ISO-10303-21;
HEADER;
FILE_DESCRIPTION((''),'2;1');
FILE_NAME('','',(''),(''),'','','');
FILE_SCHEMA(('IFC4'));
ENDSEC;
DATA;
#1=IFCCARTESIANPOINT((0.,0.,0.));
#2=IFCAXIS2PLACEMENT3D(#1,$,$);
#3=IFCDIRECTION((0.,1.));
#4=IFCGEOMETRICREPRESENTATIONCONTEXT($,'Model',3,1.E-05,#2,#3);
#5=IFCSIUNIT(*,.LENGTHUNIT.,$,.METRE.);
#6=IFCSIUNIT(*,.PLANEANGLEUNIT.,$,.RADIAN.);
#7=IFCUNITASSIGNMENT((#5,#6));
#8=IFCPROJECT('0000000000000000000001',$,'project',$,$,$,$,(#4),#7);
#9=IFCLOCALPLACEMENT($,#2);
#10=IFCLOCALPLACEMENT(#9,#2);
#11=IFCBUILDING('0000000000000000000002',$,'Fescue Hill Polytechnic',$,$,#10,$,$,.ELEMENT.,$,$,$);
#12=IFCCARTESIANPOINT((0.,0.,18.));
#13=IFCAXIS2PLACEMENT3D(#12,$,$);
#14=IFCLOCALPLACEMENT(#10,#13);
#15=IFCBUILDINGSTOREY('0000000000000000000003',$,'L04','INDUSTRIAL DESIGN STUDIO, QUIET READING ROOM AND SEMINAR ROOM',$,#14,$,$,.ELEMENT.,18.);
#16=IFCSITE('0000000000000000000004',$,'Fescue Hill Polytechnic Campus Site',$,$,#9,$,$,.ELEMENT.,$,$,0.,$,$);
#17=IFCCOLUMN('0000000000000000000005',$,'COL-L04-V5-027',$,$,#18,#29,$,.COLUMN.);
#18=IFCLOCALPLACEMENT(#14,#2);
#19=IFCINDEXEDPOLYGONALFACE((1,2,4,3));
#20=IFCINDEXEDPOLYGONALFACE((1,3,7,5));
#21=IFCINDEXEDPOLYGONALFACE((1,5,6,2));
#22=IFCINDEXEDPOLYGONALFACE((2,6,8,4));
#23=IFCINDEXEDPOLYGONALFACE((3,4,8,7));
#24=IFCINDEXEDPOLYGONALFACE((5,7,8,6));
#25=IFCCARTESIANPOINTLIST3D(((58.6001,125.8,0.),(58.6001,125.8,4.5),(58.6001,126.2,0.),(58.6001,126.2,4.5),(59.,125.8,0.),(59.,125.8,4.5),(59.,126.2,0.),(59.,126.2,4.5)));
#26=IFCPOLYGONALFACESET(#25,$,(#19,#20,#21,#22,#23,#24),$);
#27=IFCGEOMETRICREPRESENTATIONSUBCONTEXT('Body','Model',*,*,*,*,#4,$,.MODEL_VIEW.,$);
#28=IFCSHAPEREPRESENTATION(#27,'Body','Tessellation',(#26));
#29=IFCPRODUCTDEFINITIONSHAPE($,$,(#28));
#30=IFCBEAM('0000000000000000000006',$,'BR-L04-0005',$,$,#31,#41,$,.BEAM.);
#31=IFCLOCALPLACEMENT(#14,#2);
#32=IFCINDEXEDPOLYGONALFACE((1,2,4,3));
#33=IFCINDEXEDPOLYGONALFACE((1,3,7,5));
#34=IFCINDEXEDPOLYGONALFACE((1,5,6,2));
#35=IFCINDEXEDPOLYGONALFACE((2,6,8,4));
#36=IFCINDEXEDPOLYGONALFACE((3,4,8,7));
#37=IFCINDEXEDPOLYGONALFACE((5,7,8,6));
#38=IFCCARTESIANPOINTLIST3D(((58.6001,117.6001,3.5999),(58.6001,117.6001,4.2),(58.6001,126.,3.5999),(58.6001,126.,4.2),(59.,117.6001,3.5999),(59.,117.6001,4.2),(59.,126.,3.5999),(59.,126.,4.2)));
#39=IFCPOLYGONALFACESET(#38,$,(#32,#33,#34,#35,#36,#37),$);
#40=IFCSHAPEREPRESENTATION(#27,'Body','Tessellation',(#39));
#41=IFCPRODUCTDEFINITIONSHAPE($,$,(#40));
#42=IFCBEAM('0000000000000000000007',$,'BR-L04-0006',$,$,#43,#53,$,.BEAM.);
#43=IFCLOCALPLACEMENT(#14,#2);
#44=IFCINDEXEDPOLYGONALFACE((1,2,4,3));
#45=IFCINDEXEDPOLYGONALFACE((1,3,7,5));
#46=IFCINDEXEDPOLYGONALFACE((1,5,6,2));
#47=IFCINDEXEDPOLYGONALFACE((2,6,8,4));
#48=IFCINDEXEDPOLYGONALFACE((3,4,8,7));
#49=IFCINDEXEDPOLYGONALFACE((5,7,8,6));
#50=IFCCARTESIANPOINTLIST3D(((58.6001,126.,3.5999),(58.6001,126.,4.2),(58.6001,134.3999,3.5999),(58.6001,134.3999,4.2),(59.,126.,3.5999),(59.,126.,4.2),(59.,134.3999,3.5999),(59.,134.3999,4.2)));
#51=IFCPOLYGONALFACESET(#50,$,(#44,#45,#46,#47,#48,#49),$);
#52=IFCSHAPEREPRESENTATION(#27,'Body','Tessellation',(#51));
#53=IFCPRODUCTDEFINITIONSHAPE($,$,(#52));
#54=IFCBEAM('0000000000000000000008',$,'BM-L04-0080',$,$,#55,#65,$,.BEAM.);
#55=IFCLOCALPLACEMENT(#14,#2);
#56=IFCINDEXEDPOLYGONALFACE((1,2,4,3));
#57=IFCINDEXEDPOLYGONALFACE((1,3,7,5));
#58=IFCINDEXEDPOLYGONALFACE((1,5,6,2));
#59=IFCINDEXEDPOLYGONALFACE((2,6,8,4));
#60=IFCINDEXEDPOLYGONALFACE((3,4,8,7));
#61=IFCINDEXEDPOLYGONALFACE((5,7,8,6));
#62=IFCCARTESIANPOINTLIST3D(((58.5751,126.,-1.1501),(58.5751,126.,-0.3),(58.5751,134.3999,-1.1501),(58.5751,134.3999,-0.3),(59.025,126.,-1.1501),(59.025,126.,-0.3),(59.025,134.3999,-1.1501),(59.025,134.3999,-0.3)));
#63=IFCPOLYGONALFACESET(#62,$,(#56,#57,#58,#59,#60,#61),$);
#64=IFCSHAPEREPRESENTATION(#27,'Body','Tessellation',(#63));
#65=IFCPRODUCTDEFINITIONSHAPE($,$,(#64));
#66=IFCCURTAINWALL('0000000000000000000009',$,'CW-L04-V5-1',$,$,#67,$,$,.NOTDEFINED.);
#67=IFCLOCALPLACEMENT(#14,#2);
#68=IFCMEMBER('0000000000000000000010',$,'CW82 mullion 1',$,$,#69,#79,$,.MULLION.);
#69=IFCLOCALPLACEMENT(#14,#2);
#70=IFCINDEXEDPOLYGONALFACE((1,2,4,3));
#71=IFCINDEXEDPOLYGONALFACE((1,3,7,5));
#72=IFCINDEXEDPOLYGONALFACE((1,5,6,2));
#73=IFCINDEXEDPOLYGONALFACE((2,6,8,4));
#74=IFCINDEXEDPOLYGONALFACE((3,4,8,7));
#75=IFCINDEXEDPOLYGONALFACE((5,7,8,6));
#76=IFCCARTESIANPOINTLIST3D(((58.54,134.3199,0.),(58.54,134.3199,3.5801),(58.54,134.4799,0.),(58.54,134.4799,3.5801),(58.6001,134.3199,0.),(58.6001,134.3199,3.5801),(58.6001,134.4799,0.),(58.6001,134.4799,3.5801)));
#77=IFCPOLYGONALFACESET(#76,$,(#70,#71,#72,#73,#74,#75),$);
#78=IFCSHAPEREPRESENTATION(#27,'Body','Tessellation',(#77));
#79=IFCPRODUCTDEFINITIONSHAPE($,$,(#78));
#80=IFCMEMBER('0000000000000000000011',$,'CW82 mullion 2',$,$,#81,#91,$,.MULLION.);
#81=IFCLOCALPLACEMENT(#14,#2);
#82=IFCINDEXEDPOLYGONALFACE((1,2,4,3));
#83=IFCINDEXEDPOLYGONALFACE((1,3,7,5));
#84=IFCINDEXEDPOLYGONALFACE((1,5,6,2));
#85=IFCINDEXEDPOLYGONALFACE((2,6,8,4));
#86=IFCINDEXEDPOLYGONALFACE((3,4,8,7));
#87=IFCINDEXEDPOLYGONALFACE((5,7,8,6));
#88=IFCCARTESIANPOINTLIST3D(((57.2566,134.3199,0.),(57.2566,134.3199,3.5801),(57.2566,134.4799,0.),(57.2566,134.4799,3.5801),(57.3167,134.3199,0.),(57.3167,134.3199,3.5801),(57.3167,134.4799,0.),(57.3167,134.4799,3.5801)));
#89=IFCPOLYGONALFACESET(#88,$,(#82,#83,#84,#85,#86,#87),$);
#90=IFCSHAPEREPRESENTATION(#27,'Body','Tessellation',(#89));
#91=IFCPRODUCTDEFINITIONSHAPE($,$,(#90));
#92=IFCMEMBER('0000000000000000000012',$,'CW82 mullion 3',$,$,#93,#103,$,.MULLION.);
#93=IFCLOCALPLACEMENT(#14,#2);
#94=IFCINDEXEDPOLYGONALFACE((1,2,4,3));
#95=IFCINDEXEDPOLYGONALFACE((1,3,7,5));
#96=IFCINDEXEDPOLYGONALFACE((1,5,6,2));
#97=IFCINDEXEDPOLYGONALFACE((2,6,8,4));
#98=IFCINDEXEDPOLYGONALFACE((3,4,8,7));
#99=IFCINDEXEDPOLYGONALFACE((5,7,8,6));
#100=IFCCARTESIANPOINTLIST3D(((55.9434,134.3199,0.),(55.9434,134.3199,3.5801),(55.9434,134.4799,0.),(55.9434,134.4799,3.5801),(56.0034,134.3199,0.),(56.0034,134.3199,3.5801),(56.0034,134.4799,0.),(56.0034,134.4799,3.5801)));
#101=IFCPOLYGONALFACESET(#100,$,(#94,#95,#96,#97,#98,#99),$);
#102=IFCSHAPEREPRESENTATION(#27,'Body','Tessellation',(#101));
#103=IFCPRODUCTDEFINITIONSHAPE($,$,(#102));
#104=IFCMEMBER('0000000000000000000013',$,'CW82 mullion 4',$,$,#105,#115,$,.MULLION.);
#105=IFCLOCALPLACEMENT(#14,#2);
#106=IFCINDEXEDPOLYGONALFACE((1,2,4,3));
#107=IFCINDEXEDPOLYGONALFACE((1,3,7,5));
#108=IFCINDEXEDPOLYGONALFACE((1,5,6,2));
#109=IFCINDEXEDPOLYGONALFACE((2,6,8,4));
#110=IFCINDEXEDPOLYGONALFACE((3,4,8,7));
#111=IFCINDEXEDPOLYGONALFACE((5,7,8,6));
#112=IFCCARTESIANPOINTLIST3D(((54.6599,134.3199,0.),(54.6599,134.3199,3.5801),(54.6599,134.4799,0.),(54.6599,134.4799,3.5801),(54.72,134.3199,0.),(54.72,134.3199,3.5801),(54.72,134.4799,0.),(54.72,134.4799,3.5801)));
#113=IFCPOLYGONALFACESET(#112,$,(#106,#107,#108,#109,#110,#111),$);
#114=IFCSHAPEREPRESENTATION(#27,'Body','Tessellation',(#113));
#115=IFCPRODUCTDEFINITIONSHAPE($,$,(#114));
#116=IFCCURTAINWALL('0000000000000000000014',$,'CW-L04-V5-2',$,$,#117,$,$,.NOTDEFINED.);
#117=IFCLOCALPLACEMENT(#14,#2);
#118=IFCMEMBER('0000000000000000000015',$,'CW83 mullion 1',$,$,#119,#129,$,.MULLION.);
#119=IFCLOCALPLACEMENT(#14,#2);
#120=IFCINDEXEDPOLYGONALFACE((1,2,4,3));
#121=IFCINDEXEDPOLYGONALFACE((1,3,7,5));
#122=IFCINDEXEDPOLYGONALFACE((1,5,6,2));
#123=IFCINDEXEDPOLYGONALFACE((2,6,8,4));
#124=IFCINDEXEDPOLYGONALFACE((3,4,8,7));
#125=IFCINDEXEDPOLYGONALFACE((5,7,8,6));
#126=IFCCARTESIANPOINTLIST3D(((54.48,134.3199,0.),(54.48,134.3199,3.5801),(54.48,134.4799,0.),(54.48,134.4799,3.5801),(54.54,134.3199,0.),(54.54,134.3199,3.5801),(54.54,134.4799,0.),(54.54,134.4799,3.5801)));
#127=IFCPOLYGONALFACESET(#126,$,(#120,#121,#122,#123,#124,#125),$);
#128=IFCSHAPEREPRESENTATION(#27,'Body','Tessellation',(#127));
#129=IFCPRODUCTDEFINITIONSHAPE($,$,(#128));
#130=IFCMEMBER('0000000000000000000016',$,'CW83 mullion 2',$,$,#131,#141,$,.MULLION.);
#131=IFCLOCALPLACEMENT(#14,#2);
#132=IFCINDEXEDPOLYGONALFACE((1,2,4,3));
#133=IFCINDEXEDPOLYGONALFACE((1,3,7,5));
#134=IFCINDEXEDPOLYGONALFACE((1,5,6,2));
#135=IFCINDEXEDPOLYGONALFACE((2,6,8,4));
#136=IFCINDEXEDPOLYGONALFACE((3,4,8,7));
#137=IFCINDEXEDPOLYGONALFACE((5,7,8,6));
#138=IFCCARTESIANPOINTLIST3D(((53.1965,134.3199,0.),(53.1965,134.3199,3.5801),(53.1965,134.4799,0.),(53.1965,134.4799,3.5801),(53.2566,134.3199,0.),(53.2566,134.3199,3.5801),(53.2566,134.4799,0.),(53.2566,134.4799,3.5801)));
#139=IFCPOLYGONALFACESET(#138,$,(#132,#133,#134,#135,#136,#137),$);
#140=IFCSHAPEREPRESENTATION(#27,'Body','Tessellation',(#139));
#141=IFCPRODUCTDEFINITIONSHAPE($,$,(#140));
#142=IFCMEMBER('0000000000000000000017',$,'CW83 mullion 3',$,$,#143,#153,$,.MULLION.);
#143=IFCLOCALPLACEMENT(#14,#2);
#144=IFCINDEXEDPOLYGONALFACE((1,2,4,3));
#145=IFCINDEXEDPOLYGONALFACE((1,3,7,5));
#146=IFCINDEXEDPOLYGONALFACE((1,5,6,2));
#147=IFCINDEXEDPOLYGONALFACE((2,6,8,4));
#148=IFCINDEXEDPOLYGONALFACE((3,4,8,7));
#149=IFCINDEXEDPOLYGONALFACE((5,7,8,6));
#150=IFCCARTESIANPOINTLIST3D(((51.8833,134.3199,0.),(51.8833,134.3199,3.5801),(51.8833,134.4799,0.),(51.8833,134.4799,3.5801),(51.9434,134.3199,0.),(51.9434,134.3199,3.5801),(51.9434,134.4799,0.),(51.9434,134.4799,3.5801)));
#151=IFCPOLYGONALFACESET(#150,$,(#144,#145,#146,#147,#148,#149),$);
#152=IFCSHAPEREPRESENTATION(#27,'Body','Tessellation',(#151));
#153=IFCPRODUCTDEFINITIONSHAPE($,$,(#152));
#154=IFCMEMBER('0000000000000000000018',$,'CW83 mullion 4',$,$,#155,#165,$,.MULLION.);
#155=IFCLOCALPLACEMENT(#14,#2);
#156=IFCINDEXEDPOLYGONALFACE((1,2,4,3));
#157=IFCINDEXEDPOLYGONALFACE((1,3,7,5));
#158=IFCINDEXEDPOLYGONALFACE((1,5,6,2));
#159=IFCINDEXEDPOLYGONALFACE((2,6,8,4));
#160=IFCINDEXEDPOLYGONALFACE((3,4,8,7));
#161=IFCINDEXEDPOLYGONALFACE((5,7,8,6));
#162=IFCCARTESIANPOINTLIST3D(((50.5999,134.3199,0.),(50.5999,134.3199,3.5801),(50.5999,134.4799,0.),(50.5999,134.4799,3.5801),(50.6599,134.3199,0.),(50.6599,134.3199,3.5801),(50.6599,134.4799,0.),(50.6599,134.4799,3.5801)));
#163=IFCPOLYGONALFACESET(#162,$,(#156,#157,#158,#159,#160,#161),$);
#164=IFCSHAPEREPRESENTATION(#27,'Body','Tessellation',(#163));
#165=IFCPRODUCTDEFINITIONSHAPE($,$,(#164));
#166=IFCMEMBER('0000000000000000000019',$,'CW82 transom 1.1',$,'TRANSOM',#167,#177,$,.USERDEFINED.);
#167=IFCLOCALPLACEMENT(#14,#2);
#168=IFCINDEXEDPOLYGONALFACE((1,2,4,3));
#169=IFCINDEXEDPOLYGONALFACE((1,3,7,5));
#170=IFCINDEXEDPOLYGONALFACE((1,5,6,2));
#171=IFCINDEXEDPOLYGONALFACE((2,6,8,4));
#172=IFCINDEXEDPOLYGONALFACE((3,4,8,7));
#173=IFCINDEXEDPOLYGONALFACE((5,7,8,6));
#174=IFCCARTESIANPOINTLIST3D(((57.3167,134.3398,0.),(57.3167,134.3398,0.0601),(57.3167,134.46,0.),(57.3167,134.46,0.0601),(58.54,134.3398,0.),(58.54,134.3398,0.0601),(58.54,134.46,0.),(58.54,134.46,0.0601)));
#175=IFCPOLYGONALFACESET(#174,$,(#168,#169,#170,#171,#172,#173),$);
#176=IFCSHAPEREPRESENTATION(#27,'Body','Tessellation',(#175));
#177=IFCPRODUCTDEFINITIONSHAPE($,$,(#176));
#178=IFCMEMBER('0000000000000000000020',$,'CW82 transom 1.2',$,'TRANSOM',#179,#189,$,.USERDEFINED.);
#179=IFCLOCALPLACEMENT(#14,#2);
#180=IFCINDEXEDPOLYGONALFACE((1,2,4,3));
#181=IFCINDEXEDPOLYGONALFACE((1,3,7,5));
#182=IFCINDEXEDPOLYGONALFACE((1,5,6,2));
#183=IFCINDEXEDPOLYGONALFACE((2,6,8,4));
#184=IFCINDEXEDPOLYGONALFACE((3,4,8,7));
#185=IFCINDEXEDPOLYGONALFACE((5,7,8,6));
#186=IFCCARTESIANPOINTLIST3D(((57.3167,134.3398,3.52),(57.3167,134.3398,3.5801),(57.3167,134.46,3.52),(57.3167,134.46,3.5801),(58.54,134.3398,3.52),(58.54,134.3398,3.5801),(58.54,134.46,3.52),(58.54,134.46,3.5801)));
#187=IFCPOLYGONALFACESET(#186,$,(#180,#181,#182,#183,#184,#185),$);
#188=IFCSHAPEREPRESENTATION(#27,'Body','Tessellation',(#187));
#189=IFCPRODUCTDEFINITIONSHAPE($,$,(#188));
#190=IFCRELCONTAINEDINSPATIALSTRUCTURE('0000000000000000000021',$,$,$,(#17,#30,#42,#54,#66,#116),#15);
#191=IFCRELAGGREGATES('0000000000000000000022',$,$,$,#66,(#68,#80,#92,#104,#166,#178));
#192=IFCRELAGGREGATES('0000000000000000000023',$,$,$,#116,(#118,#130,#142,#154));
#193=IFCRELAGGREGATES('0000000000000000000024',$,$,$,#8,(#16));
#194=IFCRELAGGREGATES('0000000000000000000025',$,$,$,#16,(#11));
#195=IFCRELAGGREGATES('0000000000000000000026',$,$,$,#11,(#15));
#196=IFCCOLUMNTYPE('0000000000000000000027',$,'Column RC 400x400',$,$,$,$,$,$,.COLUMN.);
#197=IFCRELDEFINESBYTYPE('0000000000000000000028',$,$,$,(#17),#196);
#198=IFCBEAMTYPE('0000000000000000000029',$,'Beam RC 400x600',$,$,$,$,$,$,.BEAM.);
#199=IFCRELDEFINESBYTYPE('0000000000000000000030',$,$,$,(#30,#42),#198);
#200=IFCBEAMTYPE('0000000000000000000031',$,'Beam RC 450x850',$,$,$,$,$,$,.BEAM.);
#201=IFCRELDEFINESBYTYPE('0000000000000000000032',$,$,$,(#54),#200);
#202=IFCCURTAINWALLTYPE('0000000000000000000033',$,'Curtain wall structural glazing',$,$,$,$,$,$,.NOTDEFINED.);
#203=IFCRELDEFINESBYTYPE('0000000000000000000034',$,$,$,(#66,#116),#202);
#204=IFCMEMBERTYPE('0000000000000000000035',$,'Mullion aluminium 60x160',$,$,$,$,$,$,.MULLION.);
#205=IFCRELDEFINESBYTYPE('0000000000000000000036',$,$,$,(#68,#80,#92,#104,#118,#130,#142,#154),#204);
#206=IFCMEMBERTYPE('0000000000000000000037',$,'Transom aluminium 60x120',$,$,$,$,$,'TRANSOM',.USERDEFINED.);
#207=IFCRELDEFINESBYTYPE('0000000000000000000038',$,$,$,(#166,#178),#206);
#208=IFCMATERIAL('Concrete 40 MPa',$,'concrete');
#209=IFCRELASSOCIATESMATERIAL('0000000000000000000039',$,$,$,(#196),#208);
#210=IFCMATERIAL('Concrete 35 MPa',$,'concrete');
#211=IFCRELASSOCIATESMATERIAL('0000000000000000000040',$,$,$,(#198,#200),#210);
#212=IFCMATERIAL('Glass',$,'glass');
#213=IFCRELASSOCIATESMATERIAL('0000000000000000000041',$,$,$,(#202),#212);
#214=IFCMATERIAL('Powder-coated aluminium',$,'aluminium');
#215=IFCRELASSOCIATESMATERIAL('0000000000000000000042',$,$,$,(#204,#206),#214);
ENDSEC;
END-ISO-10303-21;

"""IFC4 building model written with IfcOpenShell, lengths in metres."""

from ifc_helpers import new_model, si_unit, direction, frame, origin, origin_2d, place, context, subcontext, project, spatial, rectangle, extrude, material, material_profile, profile_set, type_object, element, aggregate, save


model = new_model("IFC4")

# Units and contexts
model_context = context("Model", 3, precision=1e-05, world=origin(), true_north=direction((0.0, 1.0)))
body_context = subcontext(model_context, "Body", "Model", "MODEL_VIEW")
ifc_project = project(units=[si_unit("LENGTHUNIT", "METRE"), si_unit("PLANEANGLEUNIT", "RADIAN")], contexts=[model_context])

# Site, building, storey
site_placement = place(None, origin())
site = spatial("IfcSite", under=ifc_project, at=site_placement, Name="Fescue Hill Polytechnic Campus Site", CompositionType="ELEMENT", RefElevation=0.0)
building_placement = place(site_placement, origin())
building = spatial("IfcBuilding", under=site, at=building_placement, Name="Fescue Hill Polytechnic", CompositionType="ELEMENT")
storey_placement = place(building_placement, frame((0.0, 0.0, 18.0)))
storey = spatial("IfcBuildingStorey", under=building, at=storey_placement, Name="L04", Description="INDUSTRIAL DESIGN STUDIO, QUIET READING ROOM AND SEMINAR ROOM", CompositionType="ELEMENT", Elevation=18.0)

# Column
ifc_material_1 = material(Name="Concrete 40 MPa", Category="concrete")
ifc_material_profile_1 = material_profile(ifc_material_1, rectangle(XDim=0.3999, YDim=0.3999, at=origin_2d()), Name="RC 400x400")
ifc_profile_set_1 = profile_set([ifc_material_profile_1], Name="Concrete 40 MPa")
column_type = type_object("IfcColumnType", Name="Column RC 400x400", PredefinedType="COLUMN", material=ifc_profile_set_1)
column_placement = place(storey_placement, frame((58.8, 126.0, 0.0), z_axis=(0.0, 0.0, 1.0), x_axis=(1.0, 0.0, 0.0)))
element("IfcColumn", 1, at=column_placement, inside=storey, type_object=column_type, Name="COL-L04-V5-027", PredefinedType="COLUMN", context=body_context, shape_type="SweptSolid", body=[
    extrude(rectangle(XDim=0.3999, YDim=0.3999, at=origin_2d()), origin(), (0.0, 0.0, 1.0), 4.5),
])

# Beams
ifc_material_2 = material(Name="Concrete 35 MPa", Category="concrete")
ifc_material_profile_2 = material_profile(ifc_material_2, rectangle(XDim=0.3999, YDim=0.6001, at=origin_2d()), Name="RC 400x600")
ifc_profile_set_2 = profile_set([ifc_material_profile_2], Name="Concrete 35 MPa")
beam_type_1 = type_object("IfcBeamType", Name="Beam RC 400x600", PredefinedType="BEAM", material=ifc_profile_set_2)
for number, where, z_axis, x_axis, name in (
    (2, (58.8, 117.6001, 3.8999), (0.0, 1.0, 0.0), (-1.0, 0.0, 0.0), "BR-L04-0005"),
    (3, (58.8, 126.0, 3.8999), (0.0, 1.0, 0.0), (-1.0, 0.0, 0.0), "BR-L04-0006"),
):
    element("IfcBeam", number, at=place(storey_placement, frame(where, z_axis=z_axis, x_axis=x_axis)), inside=storey, type_object=beam_type_1, Name=name, PredefinedType="BEAM", context=body_context, shape_type="SweptSolid", body=[
        extrude(rectangle(XDim=0.3999, YDim=0.6001, at=origin_2d()), origin(), (0.0, 0.0, 1.0), 8.3999),
    ])
ifc_material_profile_3 = material_profile(ifc_material_2, rectangle(XDim=0.45, YDim=0.8501, at=origin_2d()), Name="RC 450x850")
ifc_profile_set_3 = profile_set([ifc_material_profile_3], Name="Concrete 35 MPa")
beam_type_2 = type_object("IfcBeamType", Name="Beam RC 450x850", PredefinedType="BEAM", material=ifc_profile_set_3)
beam_placement = place(storey_placement, frame((58.8, 126.0, -0.7251), z_axis=(0.0, 1.0, 0.0), x_axis=(-1.0, 0.0, 0.0)))
element("IfcBeam", 4, at=beam_placement, inside=storey, type_object=beam_type_2, Name="BM-L04-0080", PredefinedType="BEAM", context=body_context, shape_type="SweptSolid", body=[
    extrude(rectangle(XDim=0.45, YDim=0.8501, at=origin_2d()), origin(), (0.0, 0.0, 1.0), 8.3999),
])

# Curtain walls, members
ifc_material_3 = material(Name="Glass", Category="glass")
curtain_wall_type = type_object("IfcCurtainWallType", Name="Curtain wall structural glazing", PredefinedType="NOTDEFINED", material=ifc_material_3)
curtain_wall_1_placement = place(storey_placement, origin())
curtain_wall_1 = element("IfcCurtainWall", 5, at=curtain_wall_1_placement, inside=storey, type_object=curtain_wall_type, Name="CW-L04-V5-1", PredefinedType="NOTDEFINED")
ifc_material_4 = material(Name="Powder-coated aluminium", Category="aluminium")
ifc_material_profile_4 = material_profile(ifc_material_4, rectangle(XDim=0.1599, YDim=0.0601, at=origin_2d()), Name="Mullion aluminium 60x160")
ifc_profile_set_4 = profile_set([ifc_material_profile_4], Name="Powder-coated aluminium")
member_type_1 = type_object("IfcMemberType", Name="Mullion aluminium 60x160", PredefinedType="MULLION", material=ifc_profile_set_4)
member_1_placement = place(storey_placement, frame((58.5701, 134.3999, 0.0), z_axis=(0.0, 0.0, 1.0), x_axis=(0.0, -1.0, 0.0)))
member_1 = element("IfcMember", 6, at=member_1_placement, type_object=member_type_1, Name="CW82 mullion 1", PredefinedType="MULLION", context=body_context, shape_type="SweptSolid", body=[
    extrude(rectangle(XDim=0.1599, YDim=0.0601, at=origin_2d()), origin(), (0.0, 0.0, 1.0), 3.5801),
])
member_2_placement = place(storey_placement, frame((57.2866, 134.3999, 0.0), z_axis=(0.0, 0.0, 1.0), x_axis=(0.0, -1.0, 0.0)))
member_2 = element("IfcMember", 7, at=member_2_placement, type_object=member_type_1, Name="CW82 mullion 2", PredefinedType="MULLION", context=body_context, shape_type="SweptSolid", body=[
    extrude(rectangle(XDim=0.1599, YDim=0.0601, at=origin_2d()), origin(), (0.0, 0.0, 1.0), 3.5801),
])
member_3_placement = place(storey_placement, frame((55.9734, 134.3999, 0.0), z_axis=(0.0, 0.0, 1.0), x_axis=(0.0, -1.0, 0.0)))
member_3 = element("IfcMember", 8, at=member_3_placement, type_object=member_type_1, Name="CW82 mullion 3", PredefinedType="MULLION", context=body_context, shape_type="SweptSolid", body=[
    extrude(rectangle(XDim=0.1599, YDim=0.0601, at=origin_2d()), origin(), (0.0, 0.0, 1.0), 3.5801),
])
member_4_placement = place(storey_placement, frame((54.6899, 134.3999, 0.0), z_axis=(0.0, 0.0, 1.0), x_axis=(0.0, -1.0, 0.0)))
member_4 = element("IfcMember", 9, at=member_4_placement, type_object=member_type_1, Name="CW82 mullion 4", PredefinedType="MULLION", context=body_context, shape_type="SweptSolid", body=[
    extrude(rectangle(XDim=0.1599, YDim=0.0601, at=origin_2d()), origin(), (0.0, 0.0, 1.0), 3.5801),
])
curtain_wall_2_placement = place(storey_placement, origin())
curtain_wall_2 = element("IfcCurtainWall", 10, at=curtain_wall_2_placement, inside=storey, type_object=curtain_wall_type, Name="CW-L04-V5-2", PredefinedType="NOTDEFINED")
member_5_placement = place(storey_placement, frame((54.51, 134.3999, 0.0), z_axis=(0.0, 0.0, 1.0), x_axis=(0.0, -1.0, 0.0)))
member_5 = element("IfcMember", 11, at=member_5_placement, type_object=member_type_1, Name="CW83 mullion 1", PredefinedType="MULLION", context=body_context, shape_type="SweptSolid", body=[
    extrude(rectangle(XDim=0.1599, YDim=0.0601, at=origin_2d()), origin(), (0.0, 0.0, 1.0), 3.5801),
])
member_6_placement = place(storey_placement, frame((53.2266, 134.3999, 0.0), z_axis=(0.0, 0.0, 1.0), x_axis=(0.0, -1.0, 0.0)))
member_6 = element("IfcMember", 12, at=member_6_placement, type_object=member_type_1, Name="CW83 mullion 2", PredefinedType="MULLION", context=body_context, shape_type="SweptSolid", body=[
    extrude(rectangle(XDim=0.1599, YDim=0.0601, at=origin_2d()), origin(), (0.0, 0.0, 1.0), 3.5801),
])
member_7_placement = place(storey_placement, frame((51.9133, 134.3999, 0.0), z_axis=(0.0, 0.0, 1.0), x_axis=(0.0, -1.0, 0.0)))
member_7 = element("IfcMember", 13, at=member_7_placement, type_object=member_type_1, Name="CW83 mullion 3", PredefinedType="MULLION", context=body_context, shape_type="SweptSolid", body=[
    extrude(rectangle(XDim=0.1599, YDim=0.0601, at=origin_2d()), origin(), (0.0, 0.0, 1.0), 3.5801),
])
member_8_placement = place(storey_placement, frame((50.6299, 134.3999, 0.0), z_axis=(0.0, 0.0, 1.0), x_axis=(0.0, -1.0, 0.0)))
member_8 = element("IfcMember", 14, at=member_8_placement, type_object=member_type_1, Name="CW83 mullion 4", PredefinedType="MULLION", context=body_context, shape_type="SweptSolid", body=[
    extrude(rectangle(XDim=0.1599, YDim=0.0601, at=origin_2d()), origin(), (0.0, 0.0, 1.0), 3.5801),
])

# Members
ifc_material_profile_5 = material_profile(ifc_material_4, rectangle(XDim=0.1201, YDim=0.0601, at=origin_2d()), Name="Transom aluminium 60x120")
ifc_profile_set_5 = profile_set([ifc_material_profile_5], Name="Powder-coated aluminium")
member_type_2 = type_object("IfcMemberType", Name="Transom aluminium 60x120", ElementType="TRANSOM", PredefinedType="USERDEFINED", material=ifc_profile_set_5)
member_9_placement = place(storey_placement, frame((58.54, 134.3999, 0.03), z_axis=(-1.0, 0.0, 0.0), x_axis=(0.0, -1.0, 0.0)))
member_9 = element("IfcMember", 15, at=member_9_placement, type_object=member_type_2, Name="CW82 transom 1.1", ObjectType="TRANSOM", PredefinedType="USERDEFINED", context=body_context, shape_type="SweptSolid", body=[
    extrude(rectangle(XDim=0.1201, YDim=0.0601, at=origin_2d()), origin(), (0.0, 0.0, 1.0), 1.2234),
])
member_10_placement = place(storey_placement, frame((58.54, 134.3999, 3.55), z_axis=(-1.0, 0.0, 0.0), x_axis=(0.0, -1.0, 0.0)))
member_10 = element("IfcMember", 16, at=member_10_placement, type_object=member_type_2, Name="CW82 transom 1.2", ObjectType="TRANSOM", PredefinedType="USERDEFINED", context=body_context, shape_type="SweptSolid", body=[
    extrude(rectangle(XDim=0.1201, YDim=0.0601, at=origin_2d()), origin(), (0.0, 0.0, 1.0), 1.2234),
])

aggregate(curtain_wall_1, [member_1, member_2, member_3, member_4, member_9, member_10])
aggregate(curtain_wall_2, [member_5, member_6, member_7, member_8])

save(model, "model.ifc")
